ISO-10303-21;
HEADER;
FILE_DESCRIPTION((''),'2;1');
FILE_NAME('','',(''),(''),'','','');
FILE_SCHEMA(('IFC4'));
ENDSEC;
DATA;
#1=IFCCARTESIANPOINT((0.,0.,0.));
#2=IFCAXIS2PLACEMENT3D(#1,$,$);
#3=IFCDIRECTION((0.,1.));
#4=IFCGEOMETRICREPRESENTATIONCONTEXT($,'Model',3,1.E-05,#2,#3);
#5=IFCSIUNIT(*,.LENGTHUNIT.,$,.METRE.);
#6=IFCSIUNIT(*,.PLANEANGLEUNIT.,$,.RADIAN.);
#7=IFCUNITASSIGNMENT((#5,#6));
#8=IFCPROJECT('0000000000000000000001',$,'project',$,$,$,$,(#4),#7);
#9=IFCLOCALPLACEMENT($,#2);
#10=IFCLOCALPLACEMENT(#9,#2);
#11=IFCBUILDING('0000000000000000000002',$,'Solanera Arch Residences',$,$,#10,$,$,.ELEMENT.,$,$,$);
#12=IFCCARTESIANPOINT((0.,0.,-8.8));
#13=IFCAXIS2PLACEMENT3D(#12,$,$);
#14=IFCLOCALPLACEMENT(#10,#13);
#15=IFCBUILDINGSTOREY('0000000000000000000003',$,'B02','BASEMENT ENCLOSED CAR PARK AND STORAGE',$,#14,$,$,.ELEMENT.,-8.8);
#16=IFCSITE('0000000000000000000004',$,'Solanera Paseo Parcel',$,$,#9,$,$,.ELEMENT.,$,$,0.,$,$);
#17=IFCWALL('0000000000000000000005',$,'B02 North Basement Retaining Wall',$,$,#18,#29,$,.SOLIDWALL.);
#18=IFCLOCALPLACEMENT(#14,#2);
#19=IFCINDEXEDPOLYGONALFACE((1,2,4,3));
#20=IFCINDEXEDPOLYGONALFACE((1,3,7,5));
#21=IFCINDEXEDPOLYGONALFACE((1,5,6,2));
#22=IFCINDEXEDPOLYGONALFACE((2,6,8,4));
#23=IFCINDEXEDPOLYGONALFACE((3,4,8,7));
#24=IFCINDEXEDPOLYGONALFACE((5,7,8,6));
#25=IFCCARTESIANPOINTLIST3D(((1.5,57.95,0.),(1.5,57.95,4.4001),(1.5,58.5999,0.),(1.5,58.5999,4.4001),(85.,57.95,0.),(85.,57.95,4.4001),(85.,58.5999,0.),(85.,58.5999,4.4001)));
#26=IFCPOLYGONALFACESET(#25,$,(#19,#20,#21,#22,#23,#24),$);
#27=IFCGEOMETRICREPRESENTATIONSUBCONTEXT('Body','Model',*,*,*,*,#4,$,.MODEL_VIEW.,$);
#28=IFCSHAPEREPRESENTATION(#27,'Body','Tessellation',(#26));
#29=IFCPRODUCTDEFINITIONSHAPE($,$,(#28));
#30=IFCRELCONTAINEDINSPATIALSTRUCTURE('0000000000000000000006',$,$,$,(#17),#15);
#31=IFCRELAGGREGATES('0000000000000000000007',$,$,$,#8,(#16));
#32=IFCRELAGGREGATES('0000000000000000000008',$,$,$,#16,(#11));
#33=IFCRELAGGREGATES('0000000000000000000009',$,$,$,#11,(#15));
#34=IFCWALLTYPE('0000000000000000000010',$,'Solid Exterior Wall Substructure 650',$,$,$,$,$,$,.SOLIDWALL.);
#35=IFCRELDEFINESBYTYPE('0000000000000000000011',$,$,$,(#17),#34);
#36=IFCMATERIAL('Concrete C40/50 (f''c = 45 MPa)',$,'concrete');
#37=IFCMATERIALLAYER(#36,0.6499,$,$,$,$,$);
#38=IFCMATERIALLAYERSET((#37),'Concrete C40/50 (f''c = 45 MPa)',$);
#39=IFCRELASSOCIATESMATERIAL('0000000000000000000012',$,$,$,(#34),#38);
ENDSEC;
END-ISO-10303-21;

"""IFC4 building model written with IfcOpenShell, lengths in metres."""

from ifc_helpers import new_model, si_unit, direction, frame, frame_2d, origin, place, context, subcontext, project, spatial, rectangle, extrude, material, layer, layer_set, type_object, element, save


model = new_model("IFC4")

# Units and contexts
model_context = context("Model", 3, precision=1e-05, world=origin(), true_north=direction((0.0, 1.0)))
body_context = subcontext(model_context, "Body", "Model", "MODEL_VIEW")
ifc_project = project(units=[si_unit("LENGTHUNIT", "METRE"), si_unit("PLANEANGLEUNIT", "RADIAN")], contexts=[model_context])

# Site, building, storey
site_placement = place(None, origin())
site = spatial("IfcSite", under=ifc_project, at=site_placement, Name="Solanera Paseo Parcel", CompositionType="ELEMENT", RefElevation=0.0)
building_placement = place(site_placement, origin())
building = spatial("IfcBuilding", under=site, at=building_placement, Name="Solanera Arch Residences", CompositionType="ELEMENT")
storey_placement = place(building_placement, frame((0.0, 0.0, -8.8)))
storey = spatial("IfcBuildingStorey", under=building, at=storey_placement, Name="B02", Description="BASEMENT ENCLOSED CAR PARK AND STORAGE", CompositionType="ELEMENT", Elevation=-8.8)

# Wall
ifc_material_1 = material(Name="Concrete C40/50 (f'c = 45 MPa)", Category="concrete")
ifc_layer_1 = layer(ifc_material_1, 0.6499)
ifc_layer_set_1 = layer_set([ifc_layer_1], Name="Concrete C40/50 (f'c = 45 MPa)")
wall_type_1 = type_object("IfcWallType", Name="Solid Exterior Wall Substructure 650", PredefinedType="SOLIDWALL", material=ifc_layer_set_1)
wall_1_placement = place(storey_placement, frame((85.0, 58.2749, 0.0), z_axis=(0.0, 0.0, 1.0), x_axis=(-1.0, 0.0, 0.0)))
element("IfcWall", 1, at=wall_1_placement, inside=storey, type_object=wall_type_1, Name="B02 North Basement Retaining Wall", PredefinedType="SOLIDWALL", context=body_context, shape_type="SweptSolid", body=[
    extrude(rectangle(XDim=83.5, YDim=0.6499, at=frame_2d((41.75, 0.0))), origin(), (0.0, 0.0, 1.0), 4.4001),
])

save(model, "model.ifc")
